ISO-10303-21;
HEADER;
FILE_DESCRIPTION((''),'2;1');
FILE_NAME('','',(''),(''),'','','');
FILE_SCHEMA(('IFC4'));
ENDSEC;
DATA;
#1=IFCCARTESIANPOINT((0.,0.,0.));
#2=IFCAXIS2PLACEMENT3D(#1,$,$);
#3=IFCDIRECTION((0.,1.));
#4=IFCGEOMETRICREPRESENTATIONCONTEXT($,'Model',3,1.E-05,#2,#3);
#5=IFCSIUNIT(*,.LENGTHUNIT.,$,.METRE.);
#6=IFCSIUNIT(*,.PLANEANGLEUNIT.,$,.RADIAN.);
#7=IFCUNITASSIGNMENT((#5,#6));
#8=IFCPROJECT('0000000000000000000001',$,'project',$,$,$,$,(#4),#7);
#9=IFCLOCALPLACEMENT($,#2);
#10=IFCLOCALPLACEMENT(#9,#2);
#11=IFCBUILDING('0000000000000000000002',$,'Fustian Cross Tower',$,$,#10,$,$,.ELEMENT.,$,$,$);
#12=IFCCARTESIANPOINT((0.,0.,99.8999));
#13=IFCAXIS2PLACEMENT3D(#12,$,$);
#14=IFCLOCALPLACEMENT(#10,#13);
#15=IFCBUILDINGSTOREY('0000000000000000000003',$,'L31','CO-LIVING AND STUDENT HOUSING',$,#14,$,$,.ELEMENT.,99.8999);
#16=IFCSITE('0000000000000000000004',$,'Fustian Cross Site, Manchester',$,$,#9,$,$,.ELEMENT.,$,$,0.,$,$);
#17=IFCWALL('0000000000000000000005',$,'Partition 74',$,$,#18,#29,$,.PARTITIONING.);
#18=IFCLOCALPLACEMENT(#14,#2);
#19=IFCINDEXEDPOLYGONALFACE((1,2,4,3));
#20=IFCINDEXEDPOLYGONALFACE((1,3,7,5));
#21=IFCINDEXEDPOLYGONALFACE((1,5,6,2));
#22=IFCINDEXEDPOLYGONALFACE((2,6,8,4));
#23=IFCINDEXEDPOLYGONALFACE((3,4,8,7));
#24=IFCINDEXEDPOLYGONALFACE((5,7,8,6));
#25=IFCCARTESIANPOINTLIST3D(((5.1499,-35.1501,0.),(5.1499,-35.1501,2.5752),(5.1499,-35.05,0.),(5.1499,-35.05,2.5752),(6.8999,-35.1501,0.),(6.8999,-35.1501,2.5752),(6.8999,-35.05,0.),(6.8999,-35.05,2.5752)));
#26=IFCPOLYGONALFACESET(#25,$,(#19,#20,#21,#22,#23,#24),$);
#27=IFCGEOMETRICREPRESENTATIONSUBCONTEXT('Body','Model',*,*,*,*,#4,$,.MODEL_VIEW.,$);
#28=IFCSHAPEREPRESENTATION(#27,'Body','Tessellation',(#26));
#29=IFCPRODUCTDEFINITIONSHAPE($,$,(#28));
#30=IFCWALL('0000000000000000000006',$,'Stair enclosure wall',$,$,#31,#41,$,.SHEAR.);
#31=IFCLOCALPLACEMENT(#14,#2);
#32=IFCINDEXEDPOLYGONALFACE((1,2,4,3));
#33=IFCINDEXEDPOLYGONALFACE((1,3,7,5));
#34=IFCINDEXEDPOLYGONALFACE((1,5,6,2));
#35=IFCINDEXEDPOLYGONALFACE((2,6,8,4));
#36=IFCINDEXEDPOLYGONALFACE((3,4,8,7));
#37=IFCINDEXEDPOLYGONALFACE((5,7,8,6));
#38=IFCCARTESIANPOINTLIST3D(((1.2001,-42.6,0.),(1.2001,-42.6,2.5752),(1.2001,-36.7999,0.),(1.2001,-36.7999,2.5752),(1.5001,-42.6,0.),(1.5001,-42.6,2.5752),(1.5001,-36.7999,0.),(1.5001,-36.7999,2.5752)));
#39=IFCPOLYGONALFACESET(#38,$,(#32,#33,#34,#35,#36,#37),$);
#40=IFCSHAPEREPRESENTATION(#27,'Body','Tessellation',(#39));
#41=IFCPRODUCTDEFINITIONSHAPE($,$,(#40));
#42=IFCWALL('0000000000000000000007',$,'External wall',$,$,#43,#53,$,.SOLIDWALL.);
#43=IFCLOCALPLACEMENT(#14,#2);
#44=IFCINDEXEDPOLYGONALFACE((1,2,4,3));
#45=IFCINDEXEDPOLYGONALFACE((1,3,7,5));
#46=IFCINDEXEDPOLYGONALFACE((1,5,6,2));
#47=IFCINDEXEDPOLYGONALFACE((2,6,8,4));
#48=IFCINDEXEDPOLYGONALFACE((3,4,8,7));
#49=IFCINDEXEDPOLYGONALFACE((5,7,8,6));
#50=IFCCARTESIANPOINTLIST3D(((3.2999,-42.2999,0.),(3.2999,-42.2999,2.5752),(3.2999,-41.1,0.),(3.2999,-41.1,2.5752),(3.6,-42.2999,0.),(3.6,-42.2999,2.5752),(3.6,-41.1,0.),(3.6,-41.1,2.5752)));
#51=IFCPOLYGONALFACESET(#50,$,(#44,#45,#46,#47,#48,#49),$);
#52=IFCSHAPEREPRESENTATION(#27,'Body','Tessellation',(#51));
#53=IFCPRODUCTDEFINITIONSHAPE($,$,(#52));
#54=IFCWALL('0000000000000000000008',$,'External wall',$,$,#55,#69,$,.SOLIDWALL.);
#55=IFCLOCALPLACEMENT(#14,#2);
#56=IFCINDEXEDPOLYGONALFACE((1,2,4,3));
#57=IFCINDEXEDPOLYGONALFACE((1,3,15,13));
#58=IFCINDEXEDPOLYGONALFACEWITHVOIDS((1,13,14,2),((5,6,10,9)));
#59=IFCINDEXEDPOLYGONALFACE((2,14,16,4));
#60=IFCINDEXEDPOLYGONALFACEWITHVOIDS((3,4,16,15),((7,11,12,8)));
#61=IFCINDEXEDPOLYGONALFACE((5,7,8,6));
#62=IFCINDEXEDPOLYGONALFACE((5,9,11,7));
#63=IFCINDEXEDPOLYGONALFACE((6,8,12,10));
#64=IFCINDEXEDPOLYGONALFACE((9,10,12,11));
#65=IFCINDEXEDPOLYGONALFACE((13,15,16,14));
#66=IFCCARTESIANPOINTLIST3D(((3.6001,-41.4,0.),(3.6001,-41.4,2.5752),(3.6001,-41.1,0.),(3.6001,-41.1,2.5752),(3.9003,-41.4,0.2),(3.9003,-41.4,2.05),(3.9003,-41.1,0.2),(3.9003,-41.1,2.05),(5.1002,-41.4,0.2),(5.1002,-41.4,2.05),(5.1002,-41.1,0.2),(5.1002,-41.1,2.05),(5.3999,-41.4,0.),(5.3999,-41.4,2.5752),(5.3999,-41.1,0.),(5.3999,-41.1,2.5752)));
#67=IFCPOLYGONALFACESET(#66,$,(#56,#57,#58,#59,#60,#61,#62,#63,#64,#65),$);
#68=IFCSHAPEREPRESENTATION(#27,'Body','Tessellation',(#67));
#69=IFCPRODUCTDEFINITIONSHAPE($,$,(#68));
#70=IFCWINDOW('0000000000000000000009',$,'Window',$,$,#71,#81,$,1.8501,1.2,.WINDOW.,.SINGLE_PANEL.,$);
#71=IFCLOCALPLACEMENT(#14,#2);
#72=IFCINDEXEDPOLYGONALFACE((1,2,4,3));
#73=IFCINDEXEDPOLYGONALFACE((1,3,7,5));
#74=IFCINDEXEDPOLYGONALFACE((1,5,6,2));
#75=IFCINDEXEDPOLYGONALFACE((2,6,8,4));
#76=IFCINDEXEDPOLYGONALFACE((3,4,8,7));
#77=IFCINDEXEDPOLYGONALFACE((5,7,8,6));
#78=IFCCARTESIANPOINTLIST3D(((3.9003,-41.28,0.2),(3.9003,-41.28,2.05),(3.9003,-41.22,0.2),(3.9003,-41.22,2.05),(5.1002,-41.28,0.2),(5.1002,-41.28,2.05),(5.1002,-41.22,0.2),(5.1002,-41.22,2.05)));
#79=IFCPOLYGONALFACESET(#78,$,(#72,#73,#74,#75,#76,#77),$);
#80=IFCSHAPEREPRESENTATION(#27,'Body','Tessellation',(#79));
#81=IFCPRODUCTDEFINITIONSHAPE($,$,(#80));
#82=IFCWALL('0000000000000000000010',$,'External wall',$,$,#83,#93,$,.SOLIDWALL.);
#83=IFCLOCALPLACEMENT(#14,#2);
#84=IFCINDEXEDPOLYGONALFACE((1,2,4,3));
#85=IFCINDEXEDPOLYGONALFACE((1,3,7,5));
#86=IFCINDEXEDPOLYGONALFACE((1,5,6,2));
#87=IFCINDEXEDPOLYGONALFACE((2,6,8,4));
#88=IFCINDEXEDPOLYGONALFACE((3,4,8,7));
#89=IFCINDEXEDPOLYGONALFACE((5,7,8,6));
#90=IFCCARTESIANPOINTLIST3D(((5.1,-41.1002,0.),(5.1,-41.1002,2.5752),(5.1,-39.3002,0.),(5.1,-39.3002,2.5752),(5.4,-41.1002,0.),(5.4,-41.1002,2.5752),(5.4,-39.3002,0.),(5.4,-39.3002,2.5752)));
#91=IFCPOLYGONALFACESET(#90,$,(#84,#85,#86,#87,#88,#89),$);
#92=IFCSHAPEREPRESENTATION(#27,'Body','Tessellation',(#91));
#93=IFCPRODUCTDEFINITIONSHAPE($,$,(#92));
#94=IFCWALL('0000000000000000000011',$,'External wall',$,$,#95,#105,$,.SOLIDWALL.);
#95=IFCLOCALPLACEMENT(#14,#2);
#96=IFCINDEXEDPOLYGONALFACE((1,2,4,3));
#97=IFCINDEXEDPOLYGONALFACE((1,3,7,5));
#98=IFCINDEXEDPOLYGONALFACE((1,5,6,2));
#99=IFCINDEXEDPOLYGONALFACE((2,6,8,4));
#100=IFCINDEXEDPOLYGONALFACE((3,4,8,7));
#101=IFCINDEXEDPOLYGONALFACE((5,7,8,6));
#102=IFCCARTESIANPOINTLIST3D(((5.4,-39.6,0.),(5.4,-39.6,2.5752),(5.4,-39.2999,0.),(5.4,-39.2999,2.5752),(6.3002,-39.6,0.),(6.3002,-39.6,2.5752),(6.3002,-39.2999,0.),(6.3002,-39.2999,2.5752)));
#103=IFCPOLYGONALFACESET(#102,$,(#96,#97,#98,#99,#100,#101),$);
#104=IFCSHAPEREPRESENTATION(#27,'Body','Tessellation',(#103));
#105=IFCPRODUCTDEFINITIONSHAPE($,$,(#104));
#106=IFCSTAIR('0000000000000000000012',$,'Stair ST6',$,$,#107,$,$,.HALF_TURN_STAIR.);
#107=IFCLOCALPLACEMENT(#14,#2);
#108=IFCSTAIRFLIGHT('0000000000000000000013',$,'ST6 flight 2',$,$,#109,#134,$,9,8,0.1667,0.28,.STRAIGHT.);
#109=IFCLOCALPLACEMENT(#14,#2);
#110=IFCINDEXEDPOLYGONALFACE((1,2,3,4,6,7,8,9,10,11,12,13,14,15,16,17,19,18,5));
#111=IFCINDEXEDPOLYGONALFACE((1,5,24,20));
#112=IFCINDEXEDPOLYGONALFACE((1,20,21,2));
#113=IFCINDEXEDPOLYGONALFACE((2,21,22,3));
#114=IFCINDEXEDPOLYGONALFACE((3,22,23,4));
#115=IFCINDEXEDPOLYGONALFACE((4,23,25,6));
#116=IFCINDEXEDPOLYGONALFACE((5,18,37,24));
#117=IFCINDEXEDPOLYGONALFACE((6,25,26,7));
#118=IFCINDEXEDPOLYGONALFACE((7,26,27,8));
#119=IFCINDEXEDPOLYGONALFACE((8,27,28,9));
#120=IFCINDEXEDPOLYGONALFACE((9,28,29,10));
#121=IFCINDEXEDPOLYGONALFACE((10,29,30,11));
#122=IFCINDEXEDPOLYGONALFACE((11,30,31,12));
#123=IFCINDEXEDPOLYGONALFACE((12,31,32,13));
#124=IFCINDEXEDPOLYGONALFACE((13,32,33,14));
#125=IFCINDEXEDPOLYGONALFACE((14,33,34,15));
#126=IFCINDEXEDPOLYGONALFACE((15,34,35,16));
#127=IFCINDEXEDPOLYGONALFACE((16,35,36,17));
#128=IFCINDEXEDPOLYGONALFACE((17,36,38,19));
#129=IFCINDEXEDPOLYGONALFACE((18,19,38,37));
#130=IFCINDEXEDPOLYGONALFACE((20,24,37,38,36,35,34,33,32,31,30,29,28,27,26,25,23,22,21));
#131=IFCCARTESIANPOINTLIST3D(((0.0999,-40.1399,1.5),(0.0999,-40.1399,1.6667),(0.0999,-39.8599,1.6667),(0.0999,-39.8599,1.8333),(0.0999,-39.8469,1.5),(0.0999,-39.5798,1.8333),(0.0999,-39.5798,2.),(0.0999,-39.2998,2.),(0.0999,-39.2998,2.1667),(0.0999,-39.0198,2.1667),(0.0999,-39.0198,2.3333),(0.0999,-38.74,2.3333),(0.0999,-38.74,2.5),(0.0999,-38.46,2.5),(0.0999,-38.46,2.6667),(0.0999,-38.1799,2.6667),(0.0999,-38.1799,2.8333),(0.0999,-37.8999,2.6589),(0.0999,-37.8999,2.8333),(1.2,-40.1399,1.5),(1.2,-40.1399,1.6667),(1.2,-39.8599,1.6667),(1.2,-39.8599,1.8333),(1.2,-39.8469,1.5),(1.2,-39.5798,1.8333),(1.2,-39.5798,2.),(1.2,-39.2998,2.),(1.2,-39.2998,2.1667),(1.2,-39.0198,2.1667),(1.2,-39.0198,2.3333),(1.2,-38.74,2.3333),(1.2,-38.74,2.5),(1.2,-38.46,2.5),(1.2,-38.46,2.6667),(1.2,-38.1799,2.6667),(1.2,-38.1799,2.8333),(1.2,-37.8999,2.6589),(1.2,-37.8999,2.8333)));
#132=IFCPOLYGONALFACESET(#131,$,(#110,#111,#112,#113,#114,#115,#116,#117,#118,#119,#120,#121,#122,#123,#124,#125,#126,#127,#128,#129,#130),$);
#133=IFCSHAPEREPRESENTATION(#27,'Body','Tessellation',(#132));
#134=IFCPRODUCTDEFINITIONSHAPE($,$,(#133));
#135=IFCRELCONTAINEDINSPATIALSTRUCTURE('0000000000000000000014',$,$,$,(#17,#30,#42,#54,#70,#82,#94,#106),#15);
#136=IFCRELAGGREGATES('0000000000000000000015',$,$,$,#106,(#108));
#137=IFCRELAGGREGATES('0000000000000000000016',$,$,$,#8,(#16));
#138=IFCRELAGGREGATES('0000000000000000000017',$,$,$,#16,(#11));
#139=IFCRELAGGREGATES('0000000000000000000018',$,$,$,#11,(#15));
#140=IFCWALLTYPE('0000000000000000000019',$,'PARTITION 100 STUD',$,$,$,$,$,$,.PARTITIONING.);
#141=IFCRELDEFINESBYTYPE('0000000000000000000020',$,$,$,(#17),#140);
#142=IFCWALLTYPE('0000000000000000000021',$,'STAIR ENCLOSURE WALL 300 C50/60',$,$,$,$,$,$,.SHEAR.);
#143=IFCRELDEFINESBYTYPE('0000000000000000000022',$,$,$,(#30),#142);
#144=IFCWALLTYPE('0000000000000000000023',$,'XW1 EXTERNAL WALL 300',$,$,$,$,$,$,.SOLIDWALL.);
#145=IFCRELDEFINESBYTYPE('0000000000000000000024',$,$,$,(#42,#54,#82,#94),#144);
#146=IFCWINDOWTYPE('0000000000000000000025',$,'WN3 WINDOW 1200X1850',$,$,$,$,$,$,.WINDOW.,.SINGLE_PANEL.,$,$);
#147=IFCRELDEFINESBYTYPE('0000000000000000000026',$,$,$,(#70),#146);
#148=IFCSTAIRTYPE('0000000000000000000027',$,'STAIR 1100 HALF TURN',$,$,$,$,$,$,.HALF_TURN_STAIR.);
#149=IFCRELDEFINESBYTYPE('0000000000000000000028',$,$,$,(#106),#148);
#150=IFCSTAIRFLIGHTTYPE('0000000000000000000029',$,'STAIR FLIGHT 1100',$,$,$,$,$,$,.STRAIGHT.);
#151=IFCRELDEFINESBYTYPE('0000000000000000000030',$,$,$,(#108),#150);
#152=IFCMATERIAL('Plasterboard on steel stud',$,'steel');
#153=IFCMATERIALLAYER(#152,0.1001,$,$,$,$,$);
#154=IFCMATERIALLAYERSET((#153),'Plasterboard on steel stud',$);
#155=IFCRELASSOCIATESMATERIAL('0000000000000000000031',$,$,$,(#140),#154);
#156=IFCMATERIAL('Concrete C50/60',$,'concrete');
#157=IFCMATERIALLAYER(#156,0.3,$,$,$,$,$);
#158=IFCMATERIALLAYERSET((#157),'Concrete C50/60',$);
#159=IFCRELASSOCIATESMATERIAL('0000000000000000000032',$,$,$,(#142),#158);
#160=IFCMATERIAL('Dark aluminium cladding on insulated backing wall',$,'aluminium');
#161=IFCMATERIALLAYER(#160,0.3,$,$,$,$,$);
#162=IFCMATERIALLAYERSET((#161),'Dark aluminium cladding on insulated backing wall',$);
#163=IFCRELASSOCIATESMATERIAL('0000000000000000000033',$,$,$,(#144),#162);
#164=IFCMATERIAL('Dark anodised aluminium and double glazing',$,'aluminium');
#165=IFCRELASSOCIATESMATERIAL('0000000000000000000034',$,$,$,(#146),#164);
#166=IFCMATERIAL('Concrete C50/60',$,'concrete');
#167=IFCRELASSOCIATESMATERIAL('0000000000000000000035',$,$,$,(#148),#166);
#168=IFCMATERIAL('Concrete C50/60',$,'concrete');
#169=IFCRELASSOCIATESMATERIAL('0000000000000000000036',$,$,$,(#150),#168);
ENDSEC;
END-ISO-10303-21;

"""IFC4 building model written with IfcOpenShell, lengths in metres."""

from ifc_helpers import new_model, si_unit, direction, frame, frame_2d, origin, place, context, subcontext, project, spatial, polyline, rectangle, outline, extrude, material, layer, layer_set, type_object, element, fill, aggregate, save


model = new_model("IFC4")

# Units and contexts
model_context = context("Model", 3, precision=1e-05, world=origin(), true_north=direction((0.0, 1.0)))
body_context = subcontext(model_context, "Body", "Model", "MODEL_VIEW")
ifc_project = project(units=[si_unit("LENGTHUNIT", "METRE"), si_unit("PLANEANGLEUNIT", "RADIAN")], contexts=[model_context])

# Site, building, storey
site_placement = place(None, origin())
site = spatial("IfcSite", under=ifc_project, at=site_placement, Name="Fustian Cross Site, Manchester", CompositionType="ELEMENT", RefElevation=0.0)
building_placement = place(site_placement, origin())
building = spatial("IfcBuilding", under=site, at=building_placement, Name="Fustian Cross Tower", CompositionType="ELEMENT")
storey_placement = place(building_placement, frame((0.0, 0.0, 99.8999)))
storey = spatial("IfcBuildingStorey", under=building, at=storey_placement, Name="L31", Description="CO-LIVING AND STUDENT HOUSING", CompositionType="ELEMENT", Elevation=99.8999)

# Shared definitions
ifc_material_1 = material(Name="Plasterboard on steel stud", Category="steel")
ifc_layer_1 = layer(ifc_material_1, 0.1001)
ifc_layer_set_1 = layer_set([ifc_layer_1], Name="Plasterboard on steel stud")
wall_type_1 = type_object("IfcWallType", Name="PARTITION 100 STUD", PredefinedType="PARTITIONING", material=ifc_layer_set_1)

# Walls
wall_1_placement = place(storey_placement, frame((5.1499, -35.1001, 0.0), z_axis=(0.0, 0.0, 1.0), x_axis=(1.0, 0.0, 0.0)))
element("IfcWall", 1, at=wall_1_placement, inside=storey, type_object=wall_type_1, Name="Partition 74", PredefinedType="PARTITIONING", context=body_context, shape_type="SweptSolid", body=[
    extrude(rectangle(XDim=1.75, YDim=0.1001, at=frame_2d((0.875, 0.0))), origin(), (0.0, 0.0, 1.0), 2.5752),
])
ifc_material_2 = material(Name="Concrete C50/60", Category="concrete")
ifc_layer_2 = layer(ifc_material_2, 0.3)
ifc_layer_set_2 = layer_set([ifc_layer_2], Name="Concrete C50/60")
wall_type_2 = type_object("IfcWallType", Name="STAIR ENCLOSURE WALL 300 C50/60", PredefinedType="SHEAR", material=ifc_layer_set_2)
wall_2_placement = place(storey_placement, frame((1.3501, -36.8, 0.0), z_axis=(0.0, 0.0, 1.0), x_axis=(0.0, -1.0, 0.0)))
element("IfcWall", 2, at=wall_2_placement, inside=storey, type_object=wall_type_2, Name="Stair enclosure wall", PredefinedType="SHEAR", context=body_context, shape_type="SweptSolid", body=[
    extrude(rectangle(XDim=5.8, YDim=0.3, at=frame_2d((2.8999, 0.0))), origin(), (0.0, 0.0, 1.0), 2.5752),
])
ifc_material_3 = material(Name="Dark aluminium cladding on insulated backing wall", Category="aluminium")
ifc_layer_3 = layer(ifc_material_3, 0.3)
ifc_layer_set_3 = layer_set([ifc_layer_3], Name="Dark aluminium cladding on insulated backing wall")
wall_type_3 = type_object("IfcWallType", Name="XW1 EXTERNAL WALL 300", PredefinedType="SOLIDWALL", material=ifc_layer_set_3)
wall_3_placement = place(storey_placement, frame((3.45, -42.3, 0.0), z_axis=(0.0, 0.0, 1.0), x_axis=(0.0, 1.0, 0.0)))
element("IfcWall", 3, at=wall_3_placement, inside=storey, type_object=wall_type_3, Name="External wall", PredefinedType="SOLIDWALL", context=body_context, shape_type="SweptSolid", body=[
    extrude(rectangle(XDim=1.2, YDim=0.3, at=frame_2d((0.6001, 0.0))), origin(), (0.0, 0.0, 1.0), 2.5752),
])

# Wall, opening, window
wall_4_placement = place(storey_placement, frame((3.6001, -41.25, 0.0), z_axis=(0.0, 0.0, 1.0), x_axis=(1.0, 0.0, 0.0)))
wall_4 = element("IfcWall", 4, at=wall_4_placement, inside=storey, type_object=wall_type_3, Name="External wall", PredefinedType="SOLIDWALL", context=body_context, shape_type="SweptSolid", body=[
    extrude(rectangle(XDim=1.7998, YDim=0.3, at=frame_2d((0.8999, 0.0))), origin(), (0.0, 0.0, 1.0), 2.5752),
])
opening_1_placement = place(wall_4_placement, frame((0.3, 0.0, 0.2)))
opening_1 = element("IfcOpeningElement", 5, at=opening_1_placement, cuts=wall_4, PredefinedType="OPENING", context=body_context, shape_type="SweptSolid", body=[
    extrude(rectangle(XDim=1.2, YDim=1.8501, at=frame_2d((0.6001, 0.925))), frame((0.0, 0.1599, 0.0), z_axis=(0.0, -1.0, 0.0), x_axis=(1.0, 0.0, 0.0)), (0.0, 0.0, 1.0), 0.3201),
])
ifc_material_4 = material(Name="Dark anodised aluminium and double glazing", Category="aluminium")
window_type = type_object("IfcWindowType", Name="WN3 WINDOW 1200X1850", PartitioningType="SINGLE_PANEL", PredefinedType="WINDOW", material=ifc_material_4)
window_placement = place(opening_1_placement, origin())
window = element("IfcWindow", 6, at=window_placement, inside=storey, type_object=window_type, Name="Window", OverallHeight=1.8501, OverallWidth=1.2, PartitioningType="SINGLE_PANEL", PredefinedType="WINDOW", context=body_context, shape_type="SweptSolid", body=[
    extrude(rectangle(XDim=1.2, YDim=1.8501, at=frame_2d((0.6001, 0.925))), frame((0.0, 0.03, 0.0), z_axis=(0.0, -1.0, 0.0), x_axis=(1.0, 0.0, 0.0)), (0.0, 0.0, 1.0), 0.0601),
])
fill(opening_1, window)

# Walls
wall_5_placement = place(storey_placement, frame((5.25, -41.1001, 0.0), z_axis=(0.0, 0.0, 1.0), x_axis=(0.0, 1.0, 0.0)))
element("IfcWall", 7, at=wall_5_placement, inside=storey, type_object=wall_type_3, Name="External wall", PredefinedType="SOLIDWALL", context=body_context, shape_type="SweptSolid", body=[
    extrude(rectangle(XDim=1.8, YDim=0.3, at=frame_2d((0.8999, 0.0))), origin(), (0.0, 0.0, 1.0), 2.5752),
])
wall_6_placement = place(storey_placement, frame((5.3999, -39.45, 0.0), z_axis=(0.0, 0.0, 1.0), x_axis=(1.0, 0.0, 0.0)))
element("IfcWall", 8, at=wall_6_placement, inside=storey, type_object=wall_type_3, Name="External wall", PredefinedType="SOLIDWALL", context=body_context, shape_type="SweptSolid", body=[
    extrude(rectangle(XDim=0.9001, YDim=0.3, at=frame_2d((0.4502, 0.0))), origin(), (0.0, 0.0, 1.0), 2.5752),
])

# Stair, stair flight
ifc_material_5 = material(Name="Concrete C50/60", Category="concrete")
stair_type = type_object("IfcStairType", Name="STAIR 1100 HALF TURN", PredefinedType="HALF_TURN_STAIR", material=ifc_material_5)
stair_placement = place(storey_placement, origin())
stair = element("IfcStair", 9, at=stair_placement, inside=storey, type_object=stair_type, Name="Stair ST6", PredefinedType="HALF_TURN_STAIR")
ifc_material_6 = material(Name="Concrete C50/60", Category="concrete")
stair_flight_type = type_object("IfcStairFlightType", Name="STAIR FLIGHT 1100", PredefinedType="STRAIGHT", material=ifc_material_6)
stair_flight_placement = place(storey_placement, frame((0.6499, -40.1399, 1.5), z_axis=(0.0, 0.0, 1.0), x_axis=(0.0, 1.0, 0.0)))
stair_flight = element("IfcStairFlight", 10, at=stair_flight_placement, type_object=stair_flight_type, Name="ST6 flight 2", NumberOfRisers=9, NumberOfTreads=8, PredefinedType="STRAIGHT", RiserHeight=0.1667, TreadLength=0.28, context=body_context, shape_type="SweptSolid", body=[
    extrude(outline(polyline([(0.0, 0.0), (0.0, 0.1667), (0.28, 0.1667), (0.28, 0.3333), (0.5601, 0.3333), (0.5601, 0.5), (0.8401, 0.5), (0.8401, 0.6667), (1.1201, 0.6667), (1.1201, 0.8333), (1.3999, 0.8333), (1.3999, 1.0), (1.6799, 1.0), (1.6799, 1.1667), (1.96, 1.1667), (1.96, 1.3333), (2.24, 1.3333), (2.24, 1.5), (2.24, 1.1589), (0.293, 0.0), (0.0, 0.0)])), frame((0.0, 0.55, 0.0), z_axis=(0.0, -1.0, 0.0), x_axis=(1.0, 0.0, 0.0)), (0.0, 0.0, 1.0), 1.1001),
])
aggregate(stair, [stair_flight])

save(model, "model.ifc")
